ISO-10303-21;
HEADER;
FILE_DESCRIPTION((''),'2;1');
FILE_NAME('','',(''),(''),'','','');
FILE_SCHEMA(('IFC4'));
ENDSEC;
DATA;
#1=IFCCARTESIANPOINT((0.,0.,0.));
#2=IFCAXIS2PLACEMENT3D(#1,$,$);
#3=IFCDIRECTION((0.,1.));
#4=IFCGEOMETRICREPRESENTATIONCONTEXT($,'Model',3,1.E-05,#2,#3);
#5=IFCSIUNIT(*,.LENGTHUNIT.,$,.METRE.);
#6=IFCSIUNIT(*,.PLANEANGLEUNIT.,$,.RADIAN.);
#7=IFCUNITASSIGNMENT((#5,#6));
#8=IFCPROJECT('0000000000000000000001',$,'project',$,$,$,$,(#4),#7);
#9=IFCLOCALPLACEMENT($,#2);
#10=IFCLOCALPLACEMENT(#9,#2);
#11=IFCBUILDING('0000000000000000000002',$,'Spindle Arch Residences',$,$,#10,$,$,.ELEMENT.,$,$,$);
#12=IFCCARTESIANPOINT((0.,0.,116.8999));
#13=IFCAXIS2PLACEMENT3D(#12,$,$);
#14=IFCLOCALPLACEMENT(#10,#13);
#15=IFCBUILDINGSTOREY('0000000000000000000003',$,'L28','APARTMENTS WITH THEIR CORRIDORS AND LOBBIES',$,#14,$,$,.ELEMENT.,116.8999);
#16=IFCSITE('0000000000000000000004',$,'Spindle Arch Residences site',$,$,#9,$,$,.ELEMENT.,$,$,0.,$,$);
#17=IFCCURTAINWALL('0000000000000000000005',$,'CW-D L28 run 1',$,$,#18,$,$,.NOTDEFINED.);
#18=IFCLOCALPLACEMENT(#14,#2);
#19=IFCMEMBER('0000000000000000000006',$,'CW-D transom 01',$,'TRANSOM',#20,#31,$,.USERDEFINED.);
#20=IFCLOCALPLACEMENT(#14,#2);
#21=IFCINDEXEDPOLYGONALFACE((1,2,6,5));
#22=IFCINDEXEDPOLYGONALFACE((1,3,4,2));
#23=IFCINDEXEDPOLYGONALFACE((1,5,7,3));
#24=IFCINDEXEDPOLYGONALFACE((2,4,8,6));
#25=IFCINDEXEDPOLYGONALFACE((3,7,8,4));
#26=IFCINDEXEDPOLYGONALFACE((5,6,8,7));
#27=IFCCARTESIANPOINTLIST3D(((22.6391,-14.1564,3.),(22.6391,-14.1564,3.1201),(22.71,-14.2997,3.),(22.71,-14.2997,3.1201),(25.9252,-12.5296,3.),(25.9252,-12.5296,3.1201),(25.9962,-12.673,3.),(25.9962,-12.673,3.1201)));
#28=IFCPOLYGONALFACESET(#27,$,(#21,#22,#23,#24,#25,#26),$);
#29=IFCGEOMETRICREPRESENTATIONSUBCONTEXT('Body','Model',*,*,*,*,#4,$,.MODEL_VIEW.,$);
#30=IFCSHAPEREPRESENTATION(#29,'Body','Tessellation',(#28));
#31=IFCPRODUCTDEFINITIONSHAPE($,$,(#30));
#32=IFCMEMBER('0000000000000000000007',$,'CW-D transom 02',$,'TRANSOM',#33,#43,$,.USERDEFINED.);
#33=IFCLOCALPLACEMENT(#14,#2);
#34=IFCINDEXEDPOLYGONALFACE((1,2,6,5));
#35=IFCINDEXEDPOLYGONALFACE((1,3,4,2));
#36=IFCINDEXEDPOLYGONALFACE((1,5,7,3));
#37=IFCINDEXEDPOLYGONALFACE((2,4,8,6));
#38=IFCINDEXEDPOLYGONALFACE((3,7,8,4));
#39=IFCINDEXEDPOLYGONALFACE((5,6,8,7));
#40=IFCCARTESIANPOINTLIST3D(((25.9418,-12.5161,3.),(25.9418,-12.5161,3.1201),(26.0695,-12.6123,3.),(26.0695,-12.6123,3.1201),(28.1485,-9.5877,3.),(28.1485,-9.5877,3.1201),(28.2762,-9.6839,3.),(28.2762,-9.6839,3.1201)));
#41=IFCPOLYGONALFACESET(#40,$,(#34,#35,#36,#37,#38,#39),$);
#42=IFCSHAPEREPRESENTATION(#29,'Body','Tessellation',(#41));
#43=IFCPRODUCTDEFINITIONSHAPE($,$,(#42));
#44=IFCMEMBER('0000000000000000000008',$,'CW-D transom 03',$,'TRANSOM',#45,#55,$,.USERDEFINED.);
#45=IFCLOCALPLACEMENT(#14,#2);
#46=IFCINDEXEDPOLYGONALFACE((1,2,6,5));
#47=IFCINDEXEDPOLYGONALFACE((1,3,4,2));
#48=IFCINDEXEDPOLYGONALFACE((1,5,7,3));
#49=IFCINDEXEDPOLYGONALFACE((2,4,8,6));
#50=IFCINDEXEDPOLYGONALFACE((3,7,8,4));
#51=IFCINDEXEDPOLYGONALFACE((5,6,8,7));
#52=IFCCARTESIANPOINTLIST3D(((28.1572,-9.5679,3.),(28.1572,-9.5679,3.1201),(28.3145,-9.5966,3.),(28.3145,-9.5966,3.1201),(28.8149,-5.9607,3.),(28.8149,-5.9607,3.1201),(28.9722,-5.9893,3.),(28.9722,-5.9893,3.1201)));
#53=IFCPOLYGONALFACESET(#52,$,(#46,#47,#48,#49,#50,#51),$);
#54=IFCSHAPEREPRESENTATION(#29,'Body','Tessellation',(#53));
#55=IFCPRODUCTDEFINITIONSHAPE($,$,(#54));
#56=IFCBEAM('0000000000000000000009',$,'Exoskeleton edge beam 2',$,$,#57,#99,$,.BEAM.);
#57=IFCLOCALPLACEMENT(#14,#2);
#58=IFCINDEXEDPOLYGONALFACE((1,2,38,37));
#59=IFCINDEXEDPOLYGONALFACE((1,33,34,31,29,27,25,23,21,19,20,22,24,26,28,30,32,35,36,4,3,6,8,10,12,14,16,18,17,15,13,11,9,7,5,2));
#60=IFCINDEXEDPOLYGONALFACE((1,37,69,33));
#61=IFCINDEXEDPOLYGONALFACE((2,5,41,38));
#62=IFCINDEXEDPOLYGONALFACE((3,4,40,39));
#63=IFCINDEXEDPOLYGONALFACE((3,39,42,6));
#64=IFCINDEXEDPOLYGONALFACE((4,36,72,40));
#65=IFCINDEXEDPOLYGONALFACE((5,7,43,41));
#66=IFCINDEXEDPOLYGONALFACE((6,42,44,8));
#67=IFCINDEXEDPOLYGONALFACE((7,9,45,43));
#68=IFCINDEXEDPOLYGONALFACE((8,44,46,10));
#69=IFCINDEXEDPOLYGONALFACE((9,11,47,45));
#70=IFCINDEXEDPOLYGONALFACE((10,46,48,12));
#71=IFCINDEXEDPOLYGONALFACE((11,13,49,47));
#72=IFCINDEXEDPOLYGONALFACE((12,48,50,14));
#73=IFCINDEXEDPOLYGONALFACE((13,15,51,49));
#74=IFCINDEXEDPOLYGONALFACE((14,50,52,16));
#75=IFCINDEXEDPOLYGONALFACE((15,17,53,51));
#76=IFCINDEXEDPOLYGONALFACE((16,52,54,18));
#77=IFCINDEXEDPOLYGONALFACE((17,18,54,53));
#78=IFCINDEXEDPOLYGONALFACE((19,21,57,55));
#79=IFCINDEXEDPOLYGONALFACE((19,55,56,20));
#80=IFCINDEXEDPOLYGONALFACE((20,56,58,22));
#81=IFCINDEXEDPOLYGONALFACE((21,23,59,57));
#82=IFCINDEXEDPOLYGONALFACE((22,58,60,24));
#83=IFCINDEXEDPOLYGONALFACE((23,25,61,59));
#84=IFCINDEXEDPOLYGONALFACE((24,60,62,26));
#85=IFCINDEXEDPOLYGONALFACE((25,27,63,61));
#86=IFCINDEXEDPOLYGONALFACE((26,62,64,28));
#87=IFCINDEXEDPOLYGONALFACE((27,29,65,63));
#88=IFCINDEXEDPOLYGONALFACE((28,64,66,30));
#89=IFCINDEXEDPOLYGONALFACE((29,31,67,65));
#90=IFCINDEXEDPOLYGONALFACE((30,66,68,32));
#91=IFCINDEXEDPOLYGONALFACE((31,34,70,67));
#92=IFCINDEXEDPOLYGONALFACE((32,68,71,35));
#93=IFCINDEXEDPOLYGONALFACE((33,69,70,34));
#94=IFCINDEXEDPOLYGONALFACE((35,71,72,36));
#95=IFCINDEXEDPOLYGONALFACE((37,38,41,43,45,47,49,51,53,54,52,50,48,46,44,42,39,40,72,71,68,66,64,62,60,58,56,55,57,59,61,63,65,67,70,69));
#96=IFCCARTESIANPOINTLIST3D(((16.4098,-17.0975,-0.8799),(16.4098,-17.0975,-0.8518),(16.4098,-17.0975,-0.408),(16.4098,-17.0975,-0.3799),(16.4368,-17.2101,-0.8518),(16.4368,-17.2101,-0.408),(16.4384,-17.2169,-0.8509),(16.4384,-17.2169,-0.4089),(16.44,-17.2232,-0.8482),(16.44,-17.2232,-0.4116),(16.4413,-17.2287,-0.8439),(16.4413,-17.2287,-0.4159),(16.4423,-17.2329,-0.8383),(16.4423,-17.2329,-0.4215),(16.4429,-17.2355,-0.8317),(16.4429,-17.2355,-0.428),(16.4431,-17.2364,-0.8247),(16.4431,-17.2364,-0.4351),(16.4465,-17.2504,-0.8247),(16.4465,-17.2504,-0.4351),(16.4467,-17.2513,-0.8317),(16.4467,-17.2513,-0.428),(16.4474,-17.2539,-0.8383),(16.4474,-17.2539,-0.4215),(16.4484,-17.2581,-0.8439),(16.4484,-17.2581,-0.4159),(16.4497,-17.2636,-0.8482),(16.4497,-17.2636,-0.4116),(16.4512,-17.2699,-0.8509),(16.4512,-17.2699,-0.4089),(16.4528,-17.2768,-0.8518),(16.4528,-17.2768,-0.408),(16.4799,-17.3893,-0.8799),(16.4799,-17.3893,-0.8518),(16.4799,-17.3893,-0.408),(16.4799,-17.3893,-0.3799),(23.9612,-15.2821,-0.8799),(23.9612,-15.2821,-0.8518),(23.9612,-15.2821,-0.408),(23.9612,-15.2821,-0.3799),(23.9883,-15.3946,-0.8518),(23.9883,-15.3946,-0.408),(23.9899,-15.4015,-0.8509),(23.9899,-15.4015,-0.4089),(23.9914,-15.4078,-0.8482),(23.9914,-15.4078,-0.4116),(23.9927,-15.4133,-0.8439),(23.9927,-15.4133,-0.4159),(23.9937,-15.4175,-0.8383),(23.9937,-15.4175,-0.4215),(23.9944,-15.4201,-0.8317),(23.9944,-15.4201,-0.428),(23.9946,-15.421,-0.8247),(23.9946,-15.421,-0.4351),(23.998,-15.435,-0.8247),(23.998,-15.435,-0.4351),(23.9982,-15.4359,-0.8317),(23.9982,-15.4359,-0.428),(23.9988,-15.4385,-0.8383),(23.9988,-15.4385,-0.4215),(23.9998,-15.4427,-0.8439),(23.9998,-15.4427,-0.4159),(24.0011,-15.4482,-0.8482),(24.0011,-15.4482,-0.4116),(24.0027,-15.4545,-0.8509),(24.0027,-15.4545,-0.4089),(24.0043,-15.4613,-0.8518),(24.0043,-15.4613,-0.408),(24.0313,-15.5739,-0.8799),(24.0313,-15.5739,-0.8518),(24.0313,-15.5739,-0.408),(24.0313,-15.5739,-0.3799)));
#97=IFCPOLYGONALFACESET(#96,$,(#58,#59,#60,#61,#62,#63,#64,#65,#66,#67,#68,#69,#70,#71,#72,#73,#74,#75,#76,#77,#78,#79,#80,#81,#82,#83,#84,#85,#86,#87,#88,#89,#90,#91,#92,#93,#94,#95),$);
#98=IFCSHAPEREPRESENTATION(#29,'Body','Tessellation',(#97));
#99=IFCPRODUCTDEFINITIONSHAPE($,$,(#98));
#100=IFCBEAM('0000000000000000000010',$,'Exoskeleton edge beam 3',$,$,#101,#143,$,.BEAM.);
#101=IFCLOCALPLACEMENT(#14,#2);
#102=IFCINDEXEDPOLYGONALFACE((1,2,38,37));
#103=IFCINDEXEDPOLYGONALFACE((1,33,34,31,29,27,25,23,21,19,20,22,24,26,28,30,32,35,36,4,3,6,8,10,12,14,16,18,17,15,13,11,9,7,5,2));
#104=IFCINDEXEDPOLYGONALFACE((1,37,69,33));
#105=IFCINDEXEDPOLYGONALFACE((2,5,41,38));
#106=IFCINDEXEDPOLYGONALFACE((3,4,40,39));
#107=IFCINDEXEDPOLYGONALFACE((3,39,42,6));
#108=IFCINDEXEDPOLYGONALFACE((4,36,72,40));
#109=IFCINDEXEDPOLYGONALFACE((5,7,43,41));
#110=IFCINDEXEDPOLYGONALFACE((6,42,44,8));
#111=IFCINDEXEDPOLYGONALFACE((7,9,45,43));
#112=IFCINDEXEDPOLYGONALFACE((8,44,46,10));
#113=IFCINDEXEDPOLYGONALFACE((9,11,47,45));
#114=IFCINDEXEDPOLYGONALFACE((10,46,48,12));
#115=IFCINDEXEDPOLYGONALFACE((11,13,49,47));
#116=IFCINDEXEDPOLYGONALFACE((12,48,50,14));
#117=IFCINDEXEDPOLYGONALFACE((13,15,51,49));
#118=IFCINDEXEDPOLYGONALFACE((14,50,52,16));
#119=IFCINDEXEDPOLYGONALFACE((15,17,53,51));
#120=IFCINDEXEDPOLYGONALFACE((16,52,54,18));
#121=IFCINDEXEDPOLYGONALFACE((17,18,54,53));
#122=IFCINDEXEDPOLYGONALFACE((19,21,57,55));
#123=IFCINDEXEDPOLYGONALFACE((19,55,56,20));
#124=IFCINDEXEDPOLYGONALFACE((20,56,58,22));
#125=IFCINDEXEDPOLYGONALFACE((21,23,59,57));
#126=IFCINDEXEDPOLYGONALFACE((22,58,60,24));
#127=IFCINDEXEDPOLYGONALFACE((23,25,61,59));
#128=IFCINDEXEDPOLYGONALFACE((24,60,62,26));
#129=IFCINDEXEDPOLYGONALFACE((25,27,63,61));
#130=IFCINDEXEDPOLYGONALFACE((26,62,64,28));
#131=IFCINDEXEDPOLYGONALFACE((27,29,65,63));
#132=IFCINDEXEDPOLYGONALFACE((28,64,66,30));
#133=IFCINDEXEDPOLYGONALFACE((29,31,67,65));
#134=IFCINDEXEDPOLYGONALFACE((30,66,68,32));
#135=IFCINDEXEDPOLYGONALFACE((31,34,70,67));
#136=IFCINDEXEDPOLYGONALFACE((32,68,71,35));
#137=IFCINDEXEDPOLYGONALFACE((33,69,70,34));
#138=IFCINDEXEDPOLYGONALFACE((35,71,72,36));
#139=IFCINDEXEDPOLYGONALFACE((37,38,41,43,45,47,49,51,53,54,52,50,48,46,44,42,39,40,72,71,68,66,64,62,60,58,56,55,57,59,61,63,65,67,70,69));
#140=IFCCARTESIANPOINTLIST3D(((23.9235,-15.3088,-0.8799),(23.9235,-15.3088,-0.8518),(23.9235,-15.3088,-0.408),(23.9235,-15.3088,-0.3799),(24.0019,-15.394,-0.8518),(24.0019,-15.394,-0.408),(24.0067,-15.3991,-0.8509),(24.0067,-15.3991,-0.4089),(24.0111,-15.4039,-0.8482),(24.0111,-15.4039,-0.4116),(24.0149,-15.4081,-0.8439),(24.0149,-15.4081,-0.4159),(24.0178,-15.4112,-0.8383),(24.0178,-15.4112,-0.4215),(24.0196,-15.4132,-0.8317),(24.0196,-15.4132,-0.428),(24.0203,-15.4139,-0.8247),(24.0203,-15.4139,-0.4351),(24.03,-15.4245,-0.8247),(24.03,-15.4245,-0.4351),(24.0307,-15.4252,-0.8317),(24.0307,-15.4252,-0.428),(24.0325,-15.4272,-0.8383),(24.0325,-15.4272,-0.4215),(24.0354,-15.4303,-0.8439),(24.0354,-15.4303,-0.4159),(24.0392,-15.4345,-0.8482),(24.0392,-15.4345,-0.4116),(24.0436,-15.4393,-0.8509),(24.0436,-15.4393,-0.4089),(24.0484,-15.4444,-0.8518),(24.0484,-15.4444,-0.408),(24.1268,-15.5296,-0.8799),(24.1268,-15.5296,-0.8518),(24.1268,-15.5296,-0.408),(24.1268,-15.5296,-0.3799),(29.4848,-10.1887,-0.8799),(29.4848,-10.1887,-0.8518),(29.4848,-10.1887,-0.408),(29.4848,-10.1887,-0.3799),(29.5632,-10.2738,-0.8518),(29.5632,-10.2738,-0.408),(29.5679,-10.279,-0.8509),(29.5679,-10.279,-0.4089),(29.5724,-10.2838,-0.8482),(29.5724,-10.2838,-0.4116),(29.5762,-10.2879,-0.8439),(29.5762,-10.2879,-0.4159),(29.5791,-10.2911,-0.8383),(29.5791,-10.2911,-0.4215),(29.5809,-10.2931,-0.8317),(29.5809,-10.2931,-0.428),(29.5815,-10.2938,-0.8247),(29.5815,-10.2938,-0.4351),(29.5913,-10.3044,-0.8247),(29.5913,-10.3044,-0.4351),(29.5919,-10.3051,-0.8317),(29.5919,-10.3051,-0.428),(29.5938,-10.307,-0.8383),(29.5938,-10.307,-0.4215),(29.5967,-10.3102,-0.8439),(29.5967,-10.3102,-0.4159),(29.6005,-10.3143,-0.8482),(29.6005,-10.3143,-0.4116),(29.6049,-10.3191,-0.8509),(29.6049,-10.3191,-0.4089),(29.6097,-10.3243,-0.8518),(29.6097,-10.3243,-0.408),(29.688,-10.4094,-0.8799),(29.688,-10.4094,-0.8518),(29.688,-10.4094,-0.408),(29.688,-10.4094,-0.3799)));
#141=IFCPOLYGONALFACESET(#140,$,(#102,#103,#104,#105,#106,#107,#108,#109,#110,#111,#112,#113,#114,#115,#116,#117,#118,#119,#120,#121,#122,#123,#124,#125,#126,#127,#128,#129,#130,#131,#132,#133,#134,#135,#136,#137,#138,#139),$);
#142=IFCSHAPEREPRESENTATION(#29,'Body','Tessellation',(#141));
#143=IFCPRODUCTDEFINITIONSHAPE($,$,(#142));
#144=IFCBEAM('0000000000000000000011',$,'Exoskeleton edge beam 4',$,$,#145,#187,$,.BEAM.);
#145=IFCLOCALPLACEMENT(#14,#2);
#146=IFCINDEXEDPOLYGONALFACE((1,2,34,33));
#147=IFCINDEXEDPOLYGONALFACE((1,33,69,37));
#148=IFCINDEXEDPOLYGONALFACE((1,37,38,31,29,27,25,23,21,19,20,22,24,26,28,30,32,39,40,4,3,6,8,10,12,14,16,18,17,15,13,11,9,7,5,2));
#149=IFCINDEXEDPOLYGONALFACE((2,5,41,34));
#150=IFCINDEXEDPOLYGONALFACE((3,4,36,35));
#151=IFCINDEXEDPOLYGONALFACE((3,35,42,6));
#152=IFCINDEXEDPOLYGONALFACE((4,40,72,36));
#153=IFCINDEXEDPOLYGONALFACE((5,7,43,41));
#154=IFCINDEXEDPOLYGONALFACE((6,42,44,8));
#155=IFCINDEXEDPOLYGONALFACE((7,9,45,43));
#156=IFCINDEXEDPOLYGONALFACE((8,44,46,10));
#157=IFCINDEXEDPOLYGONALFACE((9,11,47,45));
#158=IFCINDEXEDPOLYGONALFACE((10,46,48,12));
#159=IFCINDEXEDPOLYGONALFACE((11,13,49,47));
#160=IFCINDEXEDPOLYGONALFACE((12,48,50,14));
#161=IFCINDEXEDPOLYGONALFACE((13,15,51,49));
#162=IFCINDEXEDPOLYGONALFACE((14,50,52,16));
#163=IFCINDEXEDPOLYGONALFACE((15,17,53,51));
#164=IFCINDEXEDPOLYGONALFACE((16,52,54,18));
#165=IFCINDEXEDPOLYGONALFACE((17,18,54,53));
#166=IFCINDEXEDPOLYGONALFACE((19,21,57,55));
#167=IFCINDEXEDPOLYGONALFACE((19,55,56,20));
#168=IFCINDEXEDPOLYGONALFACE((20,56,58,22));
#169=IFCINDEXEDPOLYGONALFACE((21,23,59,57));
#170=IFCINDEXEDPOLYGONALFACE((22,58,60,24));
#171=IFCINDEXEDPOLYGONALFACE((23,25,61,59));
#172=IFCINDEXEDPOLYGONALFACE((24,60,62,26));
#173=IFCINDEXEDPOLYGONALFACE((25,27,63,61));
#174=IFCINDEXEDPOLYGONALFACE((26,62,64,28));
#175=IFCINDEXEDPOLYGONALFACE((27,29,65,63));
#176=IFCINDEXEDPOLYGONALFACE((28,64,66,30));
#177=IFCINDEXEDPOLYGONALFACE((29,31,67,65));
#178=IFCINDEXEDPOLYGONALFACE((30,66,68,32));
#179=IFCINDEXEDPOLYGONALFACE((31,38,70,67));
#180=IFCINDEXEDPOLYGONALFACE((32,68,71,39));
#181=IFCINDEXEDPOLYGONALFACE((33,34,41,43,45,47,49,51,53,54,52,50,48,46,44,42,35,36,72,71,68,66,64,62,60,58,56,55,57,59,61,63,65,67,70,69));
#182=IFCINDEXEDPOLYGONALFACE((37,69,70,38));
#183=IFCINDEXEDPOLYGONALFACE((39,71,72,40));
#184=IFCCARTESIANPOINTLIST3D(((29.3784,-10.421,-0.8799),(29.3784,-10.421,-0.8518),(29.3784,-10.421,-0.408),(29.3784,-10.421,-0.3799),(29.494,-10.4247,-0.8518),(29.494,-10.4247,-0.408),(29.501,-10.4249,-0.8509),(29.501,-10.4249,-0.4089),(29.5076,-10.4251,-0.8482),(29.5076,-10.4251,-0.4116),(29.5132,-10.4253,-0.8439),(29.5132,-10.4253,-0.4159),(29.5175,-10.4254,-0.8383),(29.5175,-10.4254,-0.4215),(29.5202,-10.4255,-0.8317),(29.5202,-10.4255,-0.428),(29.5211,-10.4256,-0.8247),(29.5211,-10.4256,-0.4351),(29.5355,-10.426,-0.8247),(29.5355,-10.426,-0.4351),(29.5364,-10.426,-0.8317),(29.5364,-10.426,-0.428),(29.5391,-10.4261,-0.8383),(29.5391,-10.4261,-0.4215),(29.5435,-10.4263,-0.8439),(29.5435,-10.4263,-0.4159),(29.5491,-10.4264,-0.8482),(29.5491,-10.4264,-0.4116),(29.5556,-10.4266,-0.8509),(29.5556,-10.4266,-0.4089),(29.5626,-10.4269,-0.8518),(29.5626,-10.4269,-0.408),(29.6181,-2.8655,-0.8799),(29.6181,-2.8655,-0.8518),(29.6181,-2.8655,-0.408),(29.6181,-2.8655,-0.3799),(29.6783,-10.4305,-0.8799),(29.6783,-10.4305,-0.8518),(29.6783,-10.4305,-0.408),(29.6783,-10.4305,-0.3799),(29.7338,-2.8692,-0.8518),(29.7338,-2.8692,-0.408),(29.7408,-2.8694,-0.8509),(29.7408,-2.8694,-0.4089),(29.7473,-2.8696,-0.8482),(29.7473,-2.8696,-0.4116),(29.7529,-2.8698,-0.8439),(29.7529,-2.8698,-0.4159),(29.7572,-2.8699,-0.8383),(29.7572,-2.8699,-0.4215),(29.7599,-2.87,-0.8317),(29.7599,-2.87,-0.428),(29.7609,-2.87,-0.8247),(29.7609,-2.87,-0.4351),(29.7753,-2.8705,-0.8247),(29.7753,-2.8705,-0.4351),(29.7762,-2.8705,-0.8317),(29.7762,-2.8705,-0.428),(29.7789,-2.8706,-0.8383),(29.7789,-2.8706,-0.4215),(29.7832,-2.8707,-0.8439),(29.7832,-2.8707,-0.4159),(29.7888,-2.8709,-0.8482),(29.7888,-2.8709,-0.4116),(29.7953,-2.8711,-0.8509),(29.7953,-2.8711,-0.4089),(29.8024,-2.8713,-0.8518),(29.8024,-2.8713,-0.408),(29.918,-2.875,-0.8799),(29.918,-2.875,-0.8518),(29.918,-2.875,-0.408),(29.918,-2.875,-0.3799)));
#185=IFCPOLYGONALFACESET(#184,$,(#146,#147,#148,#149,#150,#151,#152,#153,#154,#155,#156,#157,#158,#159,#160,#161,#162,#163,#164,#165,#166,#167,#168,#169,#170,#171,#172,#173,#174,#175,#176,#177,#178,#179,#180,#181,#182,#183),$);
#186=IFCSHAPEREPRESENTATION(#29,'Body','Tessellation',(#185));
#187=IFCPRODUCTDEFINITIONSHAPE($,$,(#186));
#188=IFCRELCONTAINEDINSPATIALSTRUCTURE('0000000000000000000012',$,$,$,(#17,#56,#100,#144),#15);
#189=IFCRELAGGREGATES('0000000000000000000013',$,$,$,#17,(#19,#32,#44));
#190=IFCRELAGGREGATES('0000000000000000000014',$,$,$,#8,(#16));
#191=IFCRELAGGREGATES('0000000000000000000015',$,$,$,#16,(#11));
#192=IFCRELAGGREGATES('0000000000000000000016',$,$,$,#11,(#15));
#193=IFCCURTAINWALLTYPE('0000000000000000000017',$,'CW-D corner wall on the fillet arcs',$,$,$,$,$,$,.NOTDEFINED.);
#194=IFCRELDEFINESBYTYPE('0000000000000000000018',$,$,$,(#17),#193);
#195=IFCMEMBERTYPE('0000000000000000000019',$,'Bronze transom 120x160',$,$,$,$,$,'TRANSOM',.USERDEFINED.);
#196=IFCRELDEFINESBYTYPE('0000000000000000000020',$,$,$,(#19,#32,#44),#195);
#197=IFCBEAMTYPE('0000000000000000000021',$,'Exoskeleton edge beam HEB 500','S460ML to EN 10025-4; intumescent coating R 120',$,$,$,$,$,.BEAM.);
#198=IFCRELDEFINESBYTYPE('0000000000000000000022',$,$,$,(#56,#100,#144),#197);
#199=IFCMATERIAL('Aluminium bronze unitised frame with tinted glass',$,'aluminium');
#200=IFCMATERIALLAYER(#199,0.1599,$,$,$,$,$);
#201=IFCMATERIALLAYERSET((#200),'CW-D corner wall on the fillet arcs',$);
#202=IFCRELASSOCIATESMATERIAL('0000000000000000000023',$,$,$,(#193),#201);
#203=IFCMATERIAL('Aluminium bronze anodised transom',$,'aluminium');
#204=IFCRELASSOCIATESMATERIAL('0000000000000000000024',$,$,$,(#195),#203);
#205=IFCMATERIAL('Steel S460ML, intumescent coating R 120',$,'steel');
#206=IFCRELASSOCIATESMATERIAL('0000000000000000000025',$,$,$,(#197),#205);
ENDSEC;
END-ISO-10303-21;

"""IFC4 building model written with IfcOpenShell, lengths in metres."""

from ifc_helpers import new_model, si_unit, direction, frame, origin, origin_2d, place, context, subcontext, project, spatial, rectangle, i_section, extrude, material, layer, layer_set, material_profile, profile_set, type_object, element, aggregate, save


model = new_model("IFC4")

# Units and contexts
model_context = context("Model", 3, precision=1e-05, world=origin(), true_north=direction((0.0, 1.0)))
body_context = subcontext(model_context, "Body", "Model", "MODEL_VIEW")
ifc_project = project(units=[si_unit("LENGTHUNIT", "METRE"), si_unit("PLANEANGLEUNIT", "RADIAN")], contexts=[model_context])

# Site, building, storey
site_placement = place(None, origin())
site = spatial("IfcSite", under=ifc_project, at=site_placement, Name="Spindle Arch Residences site", CompositionType="ELEMENT", RefElevation=0.0)
building_placement = place(site_placement, origin())
building = spatial("IfcBuilding", under=site, at=building_placement, Name="Spindle Arch Residences", CompositionType="ELEMENT")
storey_placement = place(building_placement, frame((0.0, 0.0, 116.8999)))
storey = spatial("IfcBuildingStorey", under=building, at=storey_placement, Name="L28", Description="APARTMENTS WITH THEIR CORRIDORS AND LOBBIES", CompositionType="ELEMENT", Elevation=116.8999)

# Curtain wall, members
ifc_material_1 = material(Name="Aluminium bronze unitised frame with tinted glass", Category="aluminium")
ifc_layer_1 = layer(ifc_material_1, 0.1599)
ifc_layer_set_1 = layer_set([ifc_layer_1], Name="CW-D corner wall on the fillet arcs")
curtain_wall_type = type_object("IfcCurtainWallType", Name="CW-D corner wall on the fillet arcs", PredefinedType="NOTDEFINED", material=ifc_layer_set_1)
curtain_wall_placement = place(storey_placement, origin())
curtain_wall = element("IfcCurtainWall", 1, at=curtain_wall_placement, inside=storey, type_object=curtain_wall_type, Name="CW-D L28 run 1", PredefinedType="NOTDEFINED")
ifc_material_2 = material(Name="Aluminium bronze anodised transom", Category="aluminium")
ifc_material_profile_1 = material_profile(ifc_material_2, rectangle(XDim=0.1599, YDim=0.1201, at=origin_2d()), Name="TR 120x160")
ifc_profile_set_1 = profile_set([ifc_material_profile_1], Name="Aluminium bronze anodised transom")
member_type_1 = type_object("IfcMemberType", Name="Bronze transom 120x160", ElementType="TRANSOM", PredefinedType="USERDEFINED", material=ifc_profile_set_1)
member_1_placement = place(storey_placement, frame((22.6746, -14.228, 3.0601), z_axis=(0.896204, 0.443641, 0.0), x_axis=(-0.443641, 0.896204, 0.0)))
member_1 = element("IfcMember", 2, at=member_1_placement, type_object=member_type_1, Name="CW-D transom 01", ObjectType="TRANSOM", PredefinedType="USERDEFINED", context=body_context, shape_type="SweptSolid", body=[
    extrude(rectangle(XDim=0.1599, YDim=0.1201, at=origin_2d()), origin(), (0.0, 0.0, 1.0), 3.6667),
])
member_2_placement = place(storey_placement, frame((26.0056, -12.5642, 3.0601), z_axis=(0.60182, 0.798632, 0.0), x_axis=(-0.798632, 0.60182, 0.0)))
member_2 = element("IfcMember", 3, at=member_2_placement, type_object=member_type_1, Name="CW-D transom 02", ObjectType="TRANSOM", PredefinedType="USERDEFINED", context=body_context, shape_type="SweptSolid", body=[
    extrude(rectangle(XDim=0.1599, YDim=0.1201, at=origin_2d()), origin(), (0.0, 0.0, 1.0), 3.6667),
])
member_3_placement = place(storey_placement, frame((28.2358, -9.5823, 3.0601), z_axis=(0.179378, 0.98378, 0.0), x_axis=(-0.98378, 0.179378, 0.0)))
member_3 = element("IfcMember", 4, at=member_3_placement, type_object=member_type_1, Name="CW-D transom 03", ObjectType="TRANSOM", PredefinedType="USERDEFINED", context=body_context, shape_type="SweptSolid", body=[
    extrude(rectangle(XDim=0.1599, YDim=0.1201, at=origin_2d()), origin(), (0.0, 0.0, 1.0), 3.6667),
])

# Beams
ifc_material_3 = material(Name="Steel S460ML, intumescent coating R 120", Category="steel")
ifc_material_profile_2 = material_profile(ifc_material_3, i_section(OverallWidth=0.3, OverallDepth=0.5, WebThickness=0.0144, FlangeThickness=0.0281, FilletRadius=0.0271, at=origin_2d()), Name="HEB 500")
ifc_profile_set_2 = profile_set([ifc_material_profile_2], Name="Steel S460ML, intumescent coating R 120")
beam_type_1 = type_object("IfcBeamType", Name="Exoskeleton edge beam HEB 500", Description="S460ML to EN 10025-4; intumescent coating R 120", PredefinedType="BEAM", material=ifc_profile_set_2)
beam_1_placement = place(storey_placement, frame((16.4448, -17.2434, -0.6299), z_axis=(0.972298, 0.233746, 0.0), x_axis=(-0.233746, 0.972298, 0.0)))
element("IfcBeam", 5, at=beam_1_placement, inside=storey, type_object=beam_type_1, Name="Exoskeleton edge beam 2", PredefinedType="BEAM", context=body_context, shape_type="SweptSolid", body=[
    extrude(i_section(OverallWidth=0.3, OverallDepth=0.5, WebThickness=0.0144, FlangeThickness=0.0281, FilletRadius=0.0271, at=origin_2d()), origin(), (0.0, 0.0, 1.0), 7.7666),
])
for number, where, z_axis, x_axis, name in (
    (6, (24.0251, -15.4192, -0.6299), (0.735684, 0.677324, 0.0), (-0.677324, 0.735684, 0.0), "Exoskeleton edge beam 3"),
    (7, (29.5283, -10.4258, -0.6299), (0.031716, 0.999497, 0.0), (-0.999497, 0.031716, 0.0), "Exoskeleton edge beam 4"),
):
    element("IfcBeam", number, at=place(storey_placement, frame(where, z_axis=z_axis, x_axis=x_axis)), inside=storey, type_object=beam_type_1, Name=name, PredefinedType="BEAM", context=body_context, shape_type="SweptSolid", body=[
        extrude(i_section(OverallWidth=0.3, OverallDepth=0.5, WebThickness=0.0144, FlangeThickness=0.0281, FilletRadius=0.0271, at=origin_2d()), origin(), (0.0, 0.0, 1.0), 7.5593),
    ])

aggregate(curtain_wall, [member_1, member_2, member_3])

save(model, "model.ifc")
